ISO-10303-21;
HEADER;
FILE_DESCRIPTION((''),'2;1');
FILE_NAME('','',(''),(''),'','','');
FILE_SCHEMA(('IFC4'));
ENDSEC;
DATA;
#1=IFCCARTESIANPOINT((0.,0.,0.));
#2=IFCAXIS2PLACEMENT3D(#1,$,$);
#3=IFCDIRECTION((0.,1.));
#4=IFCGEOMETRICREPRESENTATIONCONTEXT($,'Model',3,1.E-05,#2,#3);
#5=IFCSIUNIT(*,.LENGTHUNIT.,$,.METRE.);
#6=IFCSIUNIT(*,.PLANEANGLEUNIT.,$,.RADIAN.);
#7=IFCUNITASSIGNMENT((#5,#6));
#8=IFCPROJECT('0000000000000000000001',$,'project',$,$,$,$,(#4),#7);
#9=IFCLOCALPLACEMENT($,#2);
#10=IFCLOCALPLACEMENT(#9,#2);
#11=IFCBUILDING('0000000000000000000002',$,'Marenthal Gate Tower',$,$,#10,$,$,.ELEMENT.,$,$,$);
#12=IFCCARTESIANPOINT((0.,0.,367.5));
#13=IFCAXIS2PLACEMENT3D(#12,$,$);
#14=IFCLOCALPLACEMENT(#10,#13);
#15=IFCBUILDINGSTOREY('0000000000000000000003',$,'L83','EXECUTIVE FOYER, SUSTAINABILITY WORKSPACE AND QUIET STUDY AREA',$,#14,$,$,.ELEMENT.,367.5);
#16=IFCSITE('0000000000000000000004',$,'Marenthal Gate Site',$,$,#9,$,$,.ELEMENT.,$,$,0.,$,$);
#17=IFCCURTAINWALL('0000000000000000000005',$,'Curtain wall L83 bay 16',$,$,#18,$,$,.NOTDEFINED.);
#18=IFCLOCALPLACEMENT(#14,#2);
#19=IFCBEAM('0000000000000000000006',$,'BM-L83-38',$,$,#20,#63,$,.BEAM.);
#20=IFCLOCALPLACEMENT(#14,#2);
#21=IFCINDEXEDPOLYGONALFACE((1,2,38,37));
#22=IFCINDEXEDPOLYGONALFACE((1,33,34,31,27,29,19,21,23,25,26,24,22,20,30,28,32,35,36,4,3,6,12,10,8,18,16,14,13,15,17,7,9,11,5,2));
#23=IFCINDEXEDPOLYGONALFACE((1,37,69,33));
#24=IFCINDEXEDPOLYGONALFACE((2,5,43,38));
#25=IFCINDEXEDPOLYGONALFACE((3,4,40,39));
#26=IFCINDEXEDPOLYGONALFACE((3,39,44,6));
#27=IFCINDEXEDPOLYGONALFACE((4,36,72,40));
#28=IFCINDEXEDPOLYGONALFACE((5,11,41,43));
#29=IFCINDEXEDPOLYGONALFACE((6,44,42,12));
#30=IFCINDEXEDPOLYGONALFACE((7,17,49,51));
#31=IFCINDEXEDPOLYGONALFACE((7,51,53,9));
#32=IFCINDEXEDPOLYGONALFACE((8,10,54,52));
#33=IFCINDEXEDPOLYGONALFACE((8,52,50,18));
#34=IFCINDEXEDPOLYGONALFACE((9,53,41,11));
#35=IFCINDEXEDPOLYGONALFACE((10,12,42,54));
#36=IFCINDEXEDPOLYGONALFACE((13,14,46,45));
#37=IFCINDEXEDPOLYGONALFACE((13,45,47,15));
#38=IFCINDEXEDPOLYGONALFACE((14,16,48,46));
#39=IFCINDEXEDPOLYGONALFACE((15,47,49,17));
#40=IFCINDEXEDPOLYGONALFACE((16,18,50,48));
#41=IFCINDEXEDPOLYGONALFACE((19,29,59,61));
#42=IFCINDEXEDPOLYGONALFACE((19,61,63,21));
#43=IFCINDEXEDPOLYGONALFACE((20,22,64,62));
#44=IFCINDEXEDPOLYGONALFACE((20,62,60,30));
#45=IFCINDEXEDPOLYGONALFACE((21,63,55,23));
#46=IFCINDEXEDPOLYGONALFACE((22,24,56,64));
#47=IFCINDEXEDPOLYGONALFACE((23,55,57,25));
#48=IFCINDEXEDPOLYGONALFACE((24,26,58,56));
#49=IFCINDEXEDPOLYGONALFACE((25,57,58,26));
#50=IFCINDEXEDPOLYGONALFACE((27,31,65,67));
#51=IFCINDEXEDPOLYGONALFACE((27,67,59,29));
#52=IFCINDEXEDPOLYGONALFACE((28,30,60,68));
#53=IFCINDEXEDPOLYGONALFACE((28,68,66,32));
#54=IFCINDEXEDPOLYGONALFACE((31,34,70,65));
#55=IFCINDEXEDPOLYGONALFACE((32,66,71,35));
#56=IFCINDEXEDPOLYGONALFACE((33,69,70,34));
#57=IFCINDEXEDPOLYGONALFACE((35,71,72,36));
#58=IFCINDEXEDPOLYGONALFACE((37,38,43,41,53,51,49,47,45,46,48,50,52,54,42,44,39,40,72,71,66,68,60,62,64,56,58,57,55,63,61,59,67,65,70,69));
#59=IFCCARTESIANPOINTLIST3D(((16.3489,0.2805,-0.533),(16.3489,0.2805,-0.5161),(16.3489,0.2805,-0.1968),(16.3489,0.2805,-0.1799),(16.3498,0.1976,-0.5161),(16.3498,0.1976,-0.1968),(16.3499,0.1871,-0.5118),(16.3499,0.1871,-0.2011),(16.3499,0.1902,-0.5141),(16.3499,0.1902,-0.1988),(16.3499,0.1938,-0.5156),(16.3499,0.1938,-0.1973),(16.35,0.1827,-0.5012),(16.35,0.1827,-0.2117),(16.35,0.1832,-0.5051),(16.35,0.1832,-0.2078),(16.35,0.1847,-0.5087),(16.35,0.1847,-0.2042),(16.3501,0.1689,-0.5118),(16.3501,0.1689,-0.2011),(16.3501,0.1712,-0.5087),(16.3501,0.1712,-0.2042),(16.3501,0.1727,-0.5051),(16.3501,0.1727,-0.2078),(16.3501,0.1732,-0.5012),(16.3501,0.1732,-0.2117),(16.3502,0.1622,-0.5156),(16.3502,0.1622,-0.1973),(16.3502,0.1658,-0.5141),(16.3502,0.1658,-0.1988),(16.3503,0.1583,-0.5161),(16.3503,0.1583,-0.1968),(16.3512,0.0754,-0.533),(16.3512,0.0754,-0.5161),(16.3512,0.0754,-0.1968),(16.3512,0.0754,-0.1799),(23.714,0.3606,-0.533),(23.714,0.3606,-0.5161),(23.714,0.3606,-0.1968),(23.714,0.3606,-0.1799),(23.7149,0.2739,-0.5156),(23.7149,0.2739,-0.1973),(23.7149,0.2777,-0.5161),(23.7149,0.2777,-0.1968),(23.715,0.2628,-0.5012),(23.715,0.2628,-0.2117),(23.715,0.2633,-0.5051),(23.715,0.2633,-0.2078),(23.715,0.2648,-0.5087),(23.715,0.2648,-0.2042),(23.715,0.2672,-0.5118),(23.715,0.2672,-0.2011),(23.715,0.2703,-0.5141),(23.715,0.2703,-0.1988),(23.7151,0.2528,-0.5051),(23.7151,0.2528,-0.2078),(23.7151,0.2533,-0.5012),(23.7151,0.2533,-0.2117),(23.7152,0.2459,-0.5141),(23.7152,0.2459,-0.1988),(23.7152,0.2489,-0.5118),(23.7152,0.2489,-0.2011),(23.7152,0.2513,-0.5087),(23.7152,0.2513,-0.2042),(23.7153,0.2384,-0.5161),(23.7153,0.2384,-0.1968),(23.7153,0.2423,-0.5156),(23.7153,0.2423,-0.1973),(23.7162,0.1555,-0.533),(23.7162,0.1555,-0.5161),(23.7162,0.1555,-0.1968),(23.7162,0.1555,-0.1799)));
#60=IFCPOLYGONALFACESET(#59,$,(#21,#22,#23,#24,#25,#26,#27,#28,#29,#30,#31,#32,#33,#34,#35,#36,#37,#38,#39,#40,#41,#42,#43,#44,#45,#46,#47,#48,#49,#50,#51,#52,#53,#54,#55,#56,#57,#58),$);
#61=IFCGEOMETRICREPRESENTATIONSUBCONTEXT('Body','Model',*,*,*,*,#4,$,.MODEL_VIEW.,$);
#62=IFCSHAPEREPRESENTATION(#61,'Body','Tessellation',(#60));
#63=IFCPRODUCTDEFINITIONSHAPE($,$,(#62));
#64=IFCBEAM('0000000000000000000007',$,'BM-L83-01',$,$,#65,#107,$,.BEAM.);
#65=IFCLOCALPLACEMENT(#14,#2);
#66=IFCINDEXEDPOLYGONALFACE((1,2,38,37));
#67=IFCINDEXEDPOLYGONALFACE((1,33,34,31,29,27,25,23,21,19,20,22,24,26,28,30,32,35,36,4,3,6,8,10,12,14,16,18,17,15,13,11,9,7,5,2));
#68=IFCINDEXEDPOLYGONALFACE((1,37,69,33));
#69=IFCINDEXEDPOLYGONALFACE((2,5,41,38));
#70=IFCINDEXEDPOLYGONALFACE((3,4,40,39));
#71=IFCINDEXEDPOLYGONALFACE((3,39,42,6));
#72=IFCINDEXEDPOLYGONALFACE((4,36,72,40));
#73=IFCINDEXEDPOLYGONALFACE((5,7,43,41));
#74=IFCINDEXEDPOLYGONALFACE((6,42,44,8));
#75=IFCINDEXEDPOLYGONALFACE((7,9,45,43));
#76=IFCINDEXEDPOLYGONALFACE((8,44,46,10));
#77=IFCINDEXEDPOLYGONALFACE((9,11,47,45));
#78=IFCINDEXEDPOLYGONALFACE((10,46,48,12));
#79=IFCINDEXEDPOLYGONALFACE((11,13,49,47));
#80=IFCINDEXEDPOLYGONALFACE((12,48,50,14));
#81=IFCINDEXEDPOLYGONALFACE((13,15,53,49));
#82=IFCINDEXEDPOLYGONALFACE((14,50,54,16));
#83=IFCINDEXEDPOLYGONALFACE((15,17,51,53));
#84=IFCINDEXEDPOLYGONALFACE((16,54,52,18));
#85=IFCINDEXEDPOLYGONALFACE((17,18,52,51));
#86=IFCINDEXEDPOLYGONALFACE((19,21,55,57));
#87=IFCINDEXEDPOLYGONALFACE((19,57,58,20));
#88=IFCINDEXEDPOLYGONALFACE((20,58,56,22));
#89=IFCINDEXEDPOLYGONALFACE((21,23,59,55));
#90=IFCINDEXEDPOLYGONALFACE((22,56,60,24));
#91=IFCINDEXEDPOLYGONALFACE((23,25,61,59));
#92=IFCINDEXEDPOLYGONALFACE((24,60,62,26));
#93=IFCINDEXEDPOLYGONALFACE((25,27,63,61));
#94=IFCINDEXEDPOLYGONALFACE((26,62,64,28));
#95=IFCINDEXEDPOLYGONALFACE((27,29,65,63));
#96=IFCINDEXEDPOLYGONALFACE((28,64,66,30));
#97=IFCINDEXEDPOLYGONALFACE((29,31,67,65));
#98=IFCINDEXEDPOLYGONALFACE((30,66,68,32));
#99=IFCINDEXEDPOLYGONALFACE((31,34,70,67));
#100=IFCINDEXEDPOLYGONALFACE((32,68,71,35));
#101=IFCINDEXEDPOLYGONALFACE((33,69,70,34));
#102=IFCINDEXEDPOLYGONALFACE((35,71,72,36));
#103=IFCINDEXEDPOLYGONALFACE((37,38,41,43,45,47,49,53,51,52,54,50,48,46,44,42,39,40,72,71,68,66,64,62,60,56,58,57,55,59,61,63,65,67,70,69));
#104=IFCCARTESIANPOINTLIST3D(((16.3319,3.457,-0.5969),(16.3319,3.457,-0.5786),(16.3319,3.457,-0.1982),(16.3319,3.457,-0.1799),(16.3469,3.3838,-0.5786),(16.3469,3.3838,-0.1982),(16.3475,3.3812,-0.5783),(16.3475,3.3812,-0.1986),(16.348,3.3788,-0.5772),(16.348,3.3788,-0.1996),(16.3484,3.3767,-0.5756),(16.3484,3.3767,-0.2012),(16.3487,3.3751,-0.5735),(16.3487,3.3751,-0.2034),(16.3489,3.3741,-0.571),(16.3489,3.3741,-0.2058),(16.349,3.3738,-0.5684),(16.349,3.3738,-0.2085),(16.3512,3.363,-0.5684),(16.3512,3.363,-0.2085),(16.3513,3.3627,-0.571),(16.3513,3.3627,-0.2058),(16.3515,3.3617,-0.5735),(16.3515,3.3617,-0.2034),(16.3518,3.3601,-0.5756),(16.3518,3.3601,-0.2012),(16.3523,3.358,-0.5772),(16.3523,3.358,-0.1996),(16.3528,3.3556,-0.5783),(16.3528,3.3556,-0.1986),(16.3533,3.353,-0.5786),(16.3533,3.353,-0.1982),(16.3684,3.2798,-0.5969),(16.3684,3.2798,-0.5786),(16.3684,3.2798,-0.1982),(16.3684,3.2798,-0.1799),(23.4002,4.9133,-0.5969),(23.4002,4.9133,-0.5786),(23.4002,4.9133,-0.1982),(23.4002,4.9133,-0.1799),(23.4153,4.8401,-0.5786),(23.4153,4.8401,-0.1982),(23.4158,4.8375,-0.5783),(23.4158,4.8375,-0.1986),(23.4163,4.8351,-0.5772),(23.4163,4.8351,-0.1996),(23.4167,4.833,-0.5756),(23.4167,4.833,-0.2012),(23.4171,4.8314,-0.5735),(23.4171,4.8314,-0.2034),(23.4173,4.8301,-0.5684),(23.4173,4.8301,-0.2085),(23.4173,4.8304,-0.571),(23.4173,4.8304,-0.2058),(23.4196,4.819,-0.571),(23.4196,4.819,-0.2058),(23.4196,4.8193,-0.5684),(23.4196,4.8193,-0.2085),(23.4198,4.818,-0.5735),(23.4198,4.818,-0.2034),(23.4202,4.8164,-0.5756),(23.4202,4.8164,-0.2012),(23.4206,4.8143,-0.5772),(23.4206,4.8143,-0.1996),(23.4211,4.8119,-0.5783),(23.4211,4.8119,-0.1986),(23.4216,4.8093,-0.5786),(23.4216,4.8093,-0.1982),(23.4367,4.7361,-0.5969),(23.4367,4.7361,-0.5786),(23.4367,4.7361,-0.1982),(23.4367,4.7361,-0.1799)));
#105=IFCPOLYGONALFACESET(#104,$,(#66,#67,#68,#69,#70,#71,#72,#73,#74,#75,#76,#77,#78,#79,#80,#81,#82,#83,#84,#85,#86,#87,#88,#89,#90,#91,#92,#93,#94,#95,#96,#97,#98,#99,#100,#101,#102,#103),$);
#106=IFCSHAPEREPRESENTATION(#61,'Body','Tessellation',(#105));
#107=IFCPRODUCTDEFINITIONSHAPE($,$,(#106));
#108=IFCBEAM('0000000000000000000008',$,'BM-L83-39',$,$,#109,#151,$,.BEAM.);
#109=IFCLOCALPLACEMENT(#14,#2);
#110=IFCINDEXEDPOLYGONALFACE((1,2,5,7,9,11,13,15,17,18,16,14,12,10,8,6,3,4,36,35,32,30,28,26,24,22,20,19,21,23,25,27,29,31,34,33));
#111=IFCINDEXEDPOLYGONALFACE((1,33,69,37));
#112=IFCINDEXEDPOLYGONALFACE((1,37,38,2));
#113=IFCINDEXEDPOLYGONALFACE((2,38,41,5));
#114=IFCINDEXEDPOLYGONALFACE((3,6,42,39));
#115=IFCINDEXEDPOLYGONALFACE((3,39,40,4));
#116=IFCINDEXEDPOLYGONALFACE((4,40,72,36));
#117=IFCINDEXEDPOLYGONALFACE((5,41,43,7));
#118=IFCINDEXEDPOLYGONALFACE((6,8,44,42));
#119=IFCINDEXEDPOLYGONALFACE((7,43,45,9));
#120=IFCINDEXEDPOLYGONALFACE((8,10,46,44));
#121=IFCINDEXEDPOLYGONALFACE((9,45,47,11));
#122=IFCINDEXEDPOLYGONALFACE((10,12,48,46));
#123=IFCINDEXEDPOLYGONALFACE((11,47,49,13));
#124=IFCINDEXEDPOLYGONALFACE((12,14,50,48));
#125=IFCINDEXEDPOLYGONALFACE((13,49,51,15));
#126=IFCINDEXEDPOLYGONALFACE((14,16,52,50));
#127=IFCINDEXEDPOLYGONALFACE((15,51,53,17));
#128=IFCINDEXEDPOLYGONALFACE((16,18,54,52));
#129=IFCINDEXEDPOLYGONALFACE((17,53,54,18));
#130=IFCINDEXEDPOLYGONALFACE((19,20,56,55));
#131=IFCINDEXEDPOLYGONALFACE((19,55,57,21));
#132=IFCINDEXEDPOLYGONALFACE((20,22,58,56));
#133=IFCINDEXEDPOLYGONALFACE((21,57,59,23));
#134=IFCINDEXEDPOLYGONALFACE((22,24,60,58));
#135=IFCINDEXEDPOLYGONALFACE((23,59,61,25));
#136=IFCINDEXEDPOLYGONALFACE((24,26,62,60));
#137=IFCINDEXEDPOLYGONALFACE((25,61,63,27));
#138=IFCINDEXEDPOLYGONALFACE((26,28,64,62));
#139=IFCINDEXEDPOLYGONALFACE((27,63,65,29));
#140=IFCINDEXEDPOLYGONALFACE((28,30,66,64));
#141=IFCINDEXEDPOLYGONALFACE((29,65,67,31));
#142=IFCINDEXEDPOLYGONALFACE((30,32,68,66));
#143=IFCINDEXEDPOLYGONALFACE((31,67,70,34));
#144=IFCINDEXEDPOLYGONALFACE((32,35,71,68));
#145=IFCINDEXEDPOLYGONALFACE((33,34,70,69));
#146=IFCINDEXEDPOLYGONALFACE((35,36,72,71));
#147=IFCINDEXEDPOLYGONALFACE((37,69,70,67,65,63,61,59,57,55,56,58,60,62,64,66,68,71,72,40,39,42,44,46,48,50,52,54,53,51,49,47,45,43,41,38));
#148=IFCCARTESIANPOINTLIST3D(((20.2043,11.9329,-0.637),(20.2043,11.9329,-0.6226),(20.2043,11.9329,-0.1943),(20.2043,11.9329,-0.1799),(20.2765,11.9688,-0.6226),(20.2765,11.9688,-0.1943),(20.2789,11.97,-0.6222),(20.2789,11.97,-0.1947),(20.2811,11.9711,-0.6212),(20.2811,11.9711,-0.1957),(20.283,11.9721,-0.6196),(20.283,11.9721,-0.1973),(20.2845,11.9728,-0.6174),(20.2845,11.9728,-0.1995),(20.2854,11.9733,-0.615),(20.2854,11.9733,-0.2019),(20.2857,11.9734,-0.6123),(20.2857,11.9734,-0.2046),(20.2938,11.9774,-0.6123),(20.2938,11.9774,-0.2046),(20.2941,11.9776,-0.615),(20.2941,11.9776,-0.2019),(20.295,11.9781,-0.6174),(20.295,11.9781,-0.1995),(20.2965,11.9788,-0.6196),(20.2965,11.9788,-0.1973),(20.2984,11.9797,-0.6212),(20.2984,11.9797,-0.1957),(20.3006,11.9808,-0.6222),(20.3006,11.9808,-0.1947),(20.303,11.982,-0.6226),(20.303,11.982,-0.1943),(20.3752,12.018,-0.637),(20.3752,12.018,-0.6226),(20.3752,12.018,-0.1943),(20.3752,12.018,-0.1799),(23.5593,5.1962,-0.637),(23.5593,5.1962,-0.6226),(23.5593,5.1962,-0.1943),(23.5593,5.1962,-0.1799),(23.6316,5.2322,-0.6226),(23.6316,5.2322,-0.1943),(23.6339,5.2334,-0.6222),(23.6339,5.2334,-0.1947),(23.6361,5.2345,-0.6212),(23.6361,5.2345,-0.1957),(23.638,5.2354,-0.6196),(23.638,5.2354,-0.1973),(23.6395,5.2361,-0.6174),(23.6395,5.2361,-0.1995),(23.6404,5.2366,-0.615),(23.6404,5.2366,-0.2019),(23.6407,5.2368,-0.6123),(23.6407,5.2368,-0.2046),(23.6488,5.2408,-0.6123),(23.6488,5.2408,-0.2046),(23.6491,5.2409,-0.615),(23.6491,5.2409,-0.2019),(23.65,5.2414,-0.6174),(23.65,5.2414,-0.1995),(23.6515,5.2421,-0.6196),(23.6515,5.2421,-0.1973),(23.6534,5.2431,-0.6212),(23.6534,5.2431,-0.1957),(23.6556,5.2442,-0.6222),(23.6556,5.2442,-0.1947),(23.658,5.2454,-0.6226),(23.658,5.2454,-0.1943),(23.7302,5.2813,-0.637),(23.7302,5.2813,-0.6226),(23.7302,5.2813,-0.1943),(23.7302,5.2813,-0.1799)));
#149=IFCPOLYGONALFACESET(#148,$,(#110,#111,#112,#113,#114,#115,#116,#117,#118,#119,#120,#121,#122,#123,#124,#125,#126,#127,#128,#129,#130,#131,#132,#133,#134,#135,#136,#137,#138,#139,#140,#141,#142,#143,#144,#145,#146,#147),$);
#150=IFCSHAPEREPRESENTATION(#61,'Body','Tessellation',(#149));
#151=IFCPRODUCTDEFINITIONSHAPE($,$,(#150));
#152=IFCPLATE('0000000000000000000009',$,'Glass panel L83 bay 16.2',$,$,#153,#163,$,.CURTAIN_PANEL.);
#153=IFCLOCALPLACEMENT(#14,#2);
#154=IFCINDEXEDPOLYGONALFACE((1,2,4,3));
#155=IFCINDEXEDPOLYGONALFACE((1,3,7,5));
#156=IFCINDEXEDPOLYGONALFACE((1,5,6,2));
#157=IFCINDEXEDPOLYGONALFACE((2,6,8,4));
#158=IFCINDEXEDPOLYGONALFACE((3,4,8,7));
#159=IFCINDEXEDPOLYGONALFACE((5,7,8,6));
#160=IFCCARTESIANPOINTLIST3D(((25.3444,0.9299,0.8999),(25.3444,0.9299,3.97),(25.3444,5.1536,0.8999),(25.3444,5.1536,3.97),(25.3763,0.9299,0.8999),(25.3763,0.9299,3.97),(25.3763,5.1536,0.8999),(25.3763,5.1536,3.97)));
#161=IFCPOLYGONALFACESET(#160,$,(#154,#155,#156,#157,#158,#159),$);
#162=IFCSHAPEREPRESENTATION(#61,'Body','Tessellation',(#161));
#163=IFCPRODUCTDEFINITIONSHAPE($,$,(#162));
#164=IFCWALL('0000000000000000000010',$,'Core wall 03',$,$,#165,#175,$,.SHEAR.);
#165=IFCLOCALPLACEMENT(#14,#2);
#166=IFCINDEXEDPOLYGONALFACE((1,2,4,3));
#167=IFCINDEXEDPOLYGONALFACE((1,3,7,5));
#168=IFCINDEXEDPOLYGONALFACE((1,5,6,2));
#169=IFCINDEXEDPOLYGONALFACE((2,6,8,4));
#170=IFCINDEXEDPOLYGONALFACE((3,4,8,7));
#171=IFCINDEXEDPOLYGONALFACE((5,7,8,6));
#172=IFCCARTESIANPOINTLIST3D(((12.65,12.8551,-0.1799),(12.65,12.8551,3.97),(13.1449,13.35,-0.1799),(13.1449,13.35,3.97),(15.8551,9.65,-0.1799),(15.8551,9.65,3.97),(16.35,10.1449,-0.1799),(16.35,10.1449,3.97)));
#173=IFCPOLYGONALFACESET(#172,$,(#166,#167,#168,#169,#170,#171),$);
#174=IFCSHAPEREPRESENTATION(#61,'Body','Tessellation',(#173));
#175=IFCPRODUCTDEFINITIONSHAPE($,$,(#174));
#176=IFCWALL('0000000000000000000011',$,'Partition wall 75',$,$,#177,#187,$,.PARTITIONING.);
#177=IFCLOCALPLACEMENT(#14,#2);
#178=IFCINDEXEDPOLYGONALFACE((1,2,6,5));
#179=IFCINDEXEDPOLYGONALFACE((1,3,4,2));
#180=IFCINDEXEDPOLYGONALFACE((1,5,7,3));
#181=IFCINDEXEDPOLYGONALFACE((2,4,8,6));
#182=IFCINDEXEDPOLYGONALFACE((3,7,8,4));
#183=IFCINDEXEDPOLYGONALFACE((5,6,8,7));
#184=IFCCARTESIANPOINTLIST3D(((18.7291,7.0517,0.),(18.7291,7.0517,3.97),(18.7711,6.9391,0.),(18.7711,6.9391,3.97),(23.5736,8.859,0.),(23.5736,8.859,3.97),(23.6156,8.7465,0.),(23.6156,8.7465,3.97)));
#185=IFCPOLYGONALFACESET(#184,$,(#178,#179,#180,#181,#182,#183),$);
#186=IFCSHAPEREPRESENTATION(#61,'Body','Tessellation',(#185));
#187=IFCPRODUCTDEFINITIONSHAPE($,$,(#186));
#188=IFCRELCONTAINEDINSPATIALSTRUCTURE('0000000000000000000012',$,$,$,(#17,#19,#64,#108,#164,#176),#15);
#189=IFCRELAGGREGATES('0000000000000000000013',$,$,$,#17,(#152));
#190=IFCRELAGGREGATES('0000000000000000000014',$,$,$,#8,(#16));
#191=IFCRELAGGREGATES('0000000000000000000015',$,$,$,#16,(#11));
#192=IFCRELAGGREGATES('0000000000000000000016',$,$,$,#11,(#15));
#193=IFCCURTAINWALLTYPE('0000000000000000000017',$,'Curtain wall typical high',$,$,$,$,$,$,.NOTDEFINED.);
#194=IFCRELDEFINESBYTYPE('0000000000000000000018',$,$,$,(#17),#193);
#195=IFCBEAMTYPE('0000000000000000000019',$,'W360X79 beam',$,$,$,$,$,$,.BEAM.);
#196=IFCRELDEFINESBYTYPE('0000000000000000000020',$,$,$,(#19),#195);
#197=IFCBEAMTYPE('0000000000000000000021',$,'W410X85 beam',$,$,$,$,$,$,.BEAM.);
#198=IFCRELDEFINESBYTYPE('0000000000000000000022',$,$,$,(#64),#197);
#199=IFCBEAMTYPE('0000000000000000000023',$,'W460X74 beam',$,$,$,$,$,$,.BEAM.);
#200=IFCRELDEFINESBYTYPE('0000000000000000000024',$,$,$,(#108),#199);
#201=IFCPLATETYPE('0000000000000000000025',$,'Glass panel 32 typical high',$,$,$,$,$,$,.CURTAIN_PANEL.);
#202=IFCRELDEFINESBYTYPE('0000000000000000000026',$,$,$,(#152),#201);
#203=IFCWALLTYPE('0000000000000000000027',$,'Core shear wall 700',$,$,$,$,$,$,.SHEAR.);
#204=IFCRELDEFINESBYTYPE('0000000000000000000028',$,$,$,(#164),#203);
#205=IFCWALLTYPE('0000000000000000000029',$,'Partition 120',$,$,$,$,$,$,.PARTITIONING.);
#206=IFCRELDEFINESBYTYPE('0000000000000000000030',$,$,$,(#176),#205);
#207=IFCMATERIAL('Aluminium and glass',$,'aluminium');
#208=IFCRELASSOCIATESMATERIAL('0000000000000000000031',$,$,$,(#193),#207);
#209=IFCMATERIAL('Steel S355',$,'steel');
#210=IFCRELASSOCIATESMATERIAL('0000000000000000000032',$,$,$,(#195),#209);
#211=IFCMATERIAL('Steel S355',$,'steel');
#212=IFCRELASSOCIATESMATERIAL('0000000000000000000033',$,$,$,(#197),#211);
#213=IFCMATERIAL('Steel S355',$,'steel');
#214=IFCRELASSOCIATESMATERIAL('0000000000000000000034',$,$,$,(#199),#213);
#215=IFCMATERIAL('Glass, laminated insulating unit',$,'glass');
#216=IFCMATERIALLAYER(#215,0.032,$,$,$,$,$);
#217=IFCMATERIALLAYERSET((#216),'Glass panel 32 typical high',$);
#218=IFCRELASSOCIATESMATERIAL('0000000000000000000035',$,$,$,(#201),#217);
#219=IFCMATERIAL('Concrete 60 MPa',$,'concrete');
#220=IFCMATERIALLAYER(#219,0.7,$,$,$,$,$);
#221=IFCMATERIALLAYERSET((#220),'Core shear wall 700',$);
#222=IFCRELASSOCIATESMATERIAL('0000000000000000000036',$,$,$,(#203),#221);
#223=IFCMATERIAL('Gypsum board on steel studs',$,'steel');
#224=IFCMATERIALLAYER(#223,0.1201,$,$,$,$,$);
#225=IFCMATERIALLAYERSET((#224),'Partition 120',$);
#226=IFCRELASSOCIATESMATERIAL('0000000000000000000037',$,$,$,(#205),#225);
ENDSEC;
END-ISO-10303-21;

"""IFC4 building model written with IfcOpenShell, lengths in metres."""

from ifc_helpers import new_model, si_unit, direction, frame, frame_2d, origin, origin_2d, place, context, subcontext, project, spatial, rectangle, i_section, extrude, material, layer, layer_set, material_profile, profile_set, type_object, element, aggregate, save


model = new_model("IFC4")

# Units and contexts
model_context = context("Model", 3, precision=1e-05, world=origin(), true_north=direction((0.0, 1.0)))
body_context = subcontext(model_context, "Body", "Model", "MODEL_VIEW")
ifc_project = project(units=[si_unit("LENGTHUNIT", "METRE"), si_unit("PLANEANGLEUNIT", "RADIAN")], contexts=[model_context])

# Site, building, storey
site_placement = place(None, origin())
site = spatial("IfcSite", under=ifc_project, at=site_placement, Name="Marenthal Gate Site", CompositionType="ELEMENT", RefElevation=0.0)
building_placement = place(site_placement, origin())
building = spatial("IfcBuilding", under=site, at=building_placement, Name="Marenthal Gate Tower", CompositionType="ELEMENT")
storey_placement = place(building_placement, frame((0.0, 0.0, 367.5)))
storey = spatial("IfcBuildingStorey", under=building, at=storey_placement, Name="L83", Description="EXECUTIVE FOYER, SUSTAINABILITY WORKSPACE AND QUIET STUDY AREA", CompositionType="ELEMENT", Elevation=367.5)

# Curtain wall
ifc_material_1 = material(Name="Aluminium and glass", Category="aluminium")
curtain_wall_type = type_object("IfcCurtainWallType", Name="Curtain wall typical high", PredefinedType="NOTDEFINED", material=ifc_material_1)
curtain_wall_placement = place(storey_placement, origin())
curtain_wall = element("IfcCurtainWall", 1, at=curtain_wall_placement, inside=storey, type_object=curtain_wall_type, Name="Curtain wall L83 bay 16", PredefinedType="NOTDEFINED")

# Beams
ifc_material_2 = material(Name="Steel S355", Category="steel")
ifc_material_profile_1 = material_profile(ifc_material_2, i_section(OverallWidth=0.2051, OverallDepth=0.353, WebThickness=0.0095, FlangeThickness=0.0168, FilletRadius=0.0149, at=origin_2d()), Name="W360X79")
ifc_profile_set_1 = profile_set([ifc_material_profile_1], Name="Steel S355")
beam_type_1 = type_object("IfcBeamType", Name="W360X79 beam", PredefinedType="BEAM", material=ifc_profile_set_1)
beam_1_placement = place(storey_placement, frame((23.7151, 0.2581, -0.3564), z_axis=(-0.999941, -0.010872, 0.0), x_axis=(0.010872, -0.999941, 0.0)))
element("IfcBeam", 2, at=beam_1_placement, inside=storey, type_object=beam_type_1, Name="BM-L83-38", PredefinedType="BEAM", context=body_context, shape_type="SweptSolid", body=[
    extrude(i_section(OverallWidth=0.2051, OverallDepth=0.353, WebThickness=0.0095, FlangeThickness=0.0168, FilletRadius=0.0149, at=origin_2d()), origin(), (0.0, 0.0, 1.0), 7.3655),
])
ifc_material_3 = material(Name="Steel S355", Category="steel")
ifc_material_profile_2 = material_profile(ifc_material_3, i_section(OverallWidth=0.1809, OverallDepth=0.417, WebThickness=0.011, FlangeThickness=0.0183, FilletRadius=0.0103, at=origin_2d()), Name="W410X85")
ifc_profile_set_2 = profile_set([ifc_material_profile_2], Name="Steel S355")
beam_type_2 = type_object("IfcBeamType", Name="W410X85 beam", PredefinedType="BEAM", material=ifc_profile_set_2)
beam_2_placement = place(storey_placement, frame((23.4185, 4.8247, -0.3884), z_axis=(-0.979428, -0.201792, 0.0), x_axis=(0.201792, -0.979428, 0.0)))
element("IfcBeam", 3, at=beam_2_placement, inside=storey, type_object=beam_type_2, Name="BM-L83-01", PredefinedType="BEAM", context=body_context, shape_type="SweptSolid", body=[
    extrude(i_section(OverallWidth=0.1809, OverallDepth=0.417, WebThickness=0.011, FlangeThickness=0.0183, FilletRadius=0.0103, at=origin_2d()), origin(), (0.0, 0.0, 1.0), 7.2168),
])
ifc_material_4 = material(Name="Steel S355", Category="steel")
ifc_material_profile_3 = material_profile(ifc_material_4, i_section(OverallWidth=0.1909, OverallDepth=0.457, WebThickness=0.009, FlangeThickness=0.0144, FilletRadius=0.0103, at=origin_2d()), Name="W460X74")
ifc_profile_set_3 = profile_set([ifc_material_profile_3], Name="Steel S355")
beam_type_3 = type_object("IfcBeamType", Name="W460X74 beam", PredefinedType="BEAM", material=ifc_profile_set_3)
beam_3_placement = place(storey_placement, frame((23.6448, 5.2388, -0.4084), z_axis=(-0.445799, 0.895133, 0.0), x_axis=(-0.895133, -0.445799, 0.0)))
element("IfcBeam", 4, at=beam_3_placement, inside=storey, type_object=beam_type_3, Name="BM-L83-39", PredefinedType="BEAM", context=body_context, shape_type="SweptSolid", body=[
    extrude(i_section(OverallWidth=0.1909, OverallDepth=0.457, WebThickness=0.009, FlangeThickness=0.0144, FilletRadius=0.0103, at=origin_2d()), origin(), (0.0, 0.0, 1.0), 7.5259),
])

# Plate
ifc_material_5 = material(Name="Glass, laminated insulating unit", Category="glass")
ifc_layer_1 = layer(ifc_material_5, 0.032)
ifc_layer_set_1 = layer_set([ifc_layer_1], Name="Glass panel 32 typical high")
plate_type = type_object("IfcPlateType", Name="Glass panel 32 typical high", PredefinedType="CURTAIN_PANEL", material=ifc_layer_set_1)
plate_placement = place(storey_placement, frame((25.3604, 3.0417, 0.8999), z_axis=(0.0, 0.0, 1.0), x_axis=(0.0, 1.0, 0.0)))
plate = element("IfcPlate", 5, at=plate_placement, type_object=plate_type, Name="Glass panel L83 bay 16.2", PredefinedType="CURTAIN_PANEL", context=body_context, shape_type="SweptSolid", body=[
    extrude(rectangle(XDim=4.2236, YDim=0.032, at=origin_2d()), origin(), (0.0, 0.0, 1.0), 3.0701),
])
aggregate(curtain_wall, [plate])

# Walls
ifc_material_6 = material(Name="Concrete 60 MPa", Category="concrete")
ifc_layer_2 = layer(ifc_material_6, 0.7)
ifc_layer_set_2 = layer_set([ifc_layer_2], Name="Core shear wall 700")
wall_type_1 = type_object("IfcWallType", Name="Core shear wall 700", PredefinedType="SHEAR", material=ifc_layer_set_2)
wall_1_placement = place(storey_placement, frame((16.1025, 9.8975, -0.1799), z_axis=(0.0, 0.0, 1.0), x_axis=(-0.707107, 0.707107, 0.0)))
element("IfcWall", 6, at=wall_1_placement, inside=storey, type_object=wall_type_1, Name="Core wall 03", PredefinedType="SHEAR", context=body_context, shape_type="SweptSolid", body=[
    extrude(rectangle(XDim=4.5327, YDim=0.7, at=frame_2d((2.2664, 0.0))), origin(), (0.0, 0.0, 1.0), 4.1499),
])
ifc_material_7 = material(Name="Gypsum board on steel studs", Category="steel")
ifc_layer_3 = layer(ifc_material_7, 0.1201)
ifc_layer_set_3 = layer_set([ifc_layer_3], Name="Partition 120")
wall_type_2 = type_object("IfcWallType", Name="Partition 120", PredefinedType="PARTITIONING", material=ifc_layer_set_3)
wall_2_placement = place(storey_placement, frame((18.75, 6.9954, 0.0), z_axis=(0.0, 0.0, 1.0), x_axis=(0.93692, 0.349545, 0.0)))
element("IfcWall", 7, at=wall_2_placement, inside=storey, type_object=wall_type_2, Name="Partition wall 75", PredefinedType="PARTITIONING", context=body_context, shape_type="SweptSolid", body=[
    extrude(rectangle(XDim=5.1707, YDim=0.1201, at=frame_2d((2.5854, 0.0))), origin(), (0.0, 0.0, 1.0), 3.97),
])

save(model, "model.ifc")
